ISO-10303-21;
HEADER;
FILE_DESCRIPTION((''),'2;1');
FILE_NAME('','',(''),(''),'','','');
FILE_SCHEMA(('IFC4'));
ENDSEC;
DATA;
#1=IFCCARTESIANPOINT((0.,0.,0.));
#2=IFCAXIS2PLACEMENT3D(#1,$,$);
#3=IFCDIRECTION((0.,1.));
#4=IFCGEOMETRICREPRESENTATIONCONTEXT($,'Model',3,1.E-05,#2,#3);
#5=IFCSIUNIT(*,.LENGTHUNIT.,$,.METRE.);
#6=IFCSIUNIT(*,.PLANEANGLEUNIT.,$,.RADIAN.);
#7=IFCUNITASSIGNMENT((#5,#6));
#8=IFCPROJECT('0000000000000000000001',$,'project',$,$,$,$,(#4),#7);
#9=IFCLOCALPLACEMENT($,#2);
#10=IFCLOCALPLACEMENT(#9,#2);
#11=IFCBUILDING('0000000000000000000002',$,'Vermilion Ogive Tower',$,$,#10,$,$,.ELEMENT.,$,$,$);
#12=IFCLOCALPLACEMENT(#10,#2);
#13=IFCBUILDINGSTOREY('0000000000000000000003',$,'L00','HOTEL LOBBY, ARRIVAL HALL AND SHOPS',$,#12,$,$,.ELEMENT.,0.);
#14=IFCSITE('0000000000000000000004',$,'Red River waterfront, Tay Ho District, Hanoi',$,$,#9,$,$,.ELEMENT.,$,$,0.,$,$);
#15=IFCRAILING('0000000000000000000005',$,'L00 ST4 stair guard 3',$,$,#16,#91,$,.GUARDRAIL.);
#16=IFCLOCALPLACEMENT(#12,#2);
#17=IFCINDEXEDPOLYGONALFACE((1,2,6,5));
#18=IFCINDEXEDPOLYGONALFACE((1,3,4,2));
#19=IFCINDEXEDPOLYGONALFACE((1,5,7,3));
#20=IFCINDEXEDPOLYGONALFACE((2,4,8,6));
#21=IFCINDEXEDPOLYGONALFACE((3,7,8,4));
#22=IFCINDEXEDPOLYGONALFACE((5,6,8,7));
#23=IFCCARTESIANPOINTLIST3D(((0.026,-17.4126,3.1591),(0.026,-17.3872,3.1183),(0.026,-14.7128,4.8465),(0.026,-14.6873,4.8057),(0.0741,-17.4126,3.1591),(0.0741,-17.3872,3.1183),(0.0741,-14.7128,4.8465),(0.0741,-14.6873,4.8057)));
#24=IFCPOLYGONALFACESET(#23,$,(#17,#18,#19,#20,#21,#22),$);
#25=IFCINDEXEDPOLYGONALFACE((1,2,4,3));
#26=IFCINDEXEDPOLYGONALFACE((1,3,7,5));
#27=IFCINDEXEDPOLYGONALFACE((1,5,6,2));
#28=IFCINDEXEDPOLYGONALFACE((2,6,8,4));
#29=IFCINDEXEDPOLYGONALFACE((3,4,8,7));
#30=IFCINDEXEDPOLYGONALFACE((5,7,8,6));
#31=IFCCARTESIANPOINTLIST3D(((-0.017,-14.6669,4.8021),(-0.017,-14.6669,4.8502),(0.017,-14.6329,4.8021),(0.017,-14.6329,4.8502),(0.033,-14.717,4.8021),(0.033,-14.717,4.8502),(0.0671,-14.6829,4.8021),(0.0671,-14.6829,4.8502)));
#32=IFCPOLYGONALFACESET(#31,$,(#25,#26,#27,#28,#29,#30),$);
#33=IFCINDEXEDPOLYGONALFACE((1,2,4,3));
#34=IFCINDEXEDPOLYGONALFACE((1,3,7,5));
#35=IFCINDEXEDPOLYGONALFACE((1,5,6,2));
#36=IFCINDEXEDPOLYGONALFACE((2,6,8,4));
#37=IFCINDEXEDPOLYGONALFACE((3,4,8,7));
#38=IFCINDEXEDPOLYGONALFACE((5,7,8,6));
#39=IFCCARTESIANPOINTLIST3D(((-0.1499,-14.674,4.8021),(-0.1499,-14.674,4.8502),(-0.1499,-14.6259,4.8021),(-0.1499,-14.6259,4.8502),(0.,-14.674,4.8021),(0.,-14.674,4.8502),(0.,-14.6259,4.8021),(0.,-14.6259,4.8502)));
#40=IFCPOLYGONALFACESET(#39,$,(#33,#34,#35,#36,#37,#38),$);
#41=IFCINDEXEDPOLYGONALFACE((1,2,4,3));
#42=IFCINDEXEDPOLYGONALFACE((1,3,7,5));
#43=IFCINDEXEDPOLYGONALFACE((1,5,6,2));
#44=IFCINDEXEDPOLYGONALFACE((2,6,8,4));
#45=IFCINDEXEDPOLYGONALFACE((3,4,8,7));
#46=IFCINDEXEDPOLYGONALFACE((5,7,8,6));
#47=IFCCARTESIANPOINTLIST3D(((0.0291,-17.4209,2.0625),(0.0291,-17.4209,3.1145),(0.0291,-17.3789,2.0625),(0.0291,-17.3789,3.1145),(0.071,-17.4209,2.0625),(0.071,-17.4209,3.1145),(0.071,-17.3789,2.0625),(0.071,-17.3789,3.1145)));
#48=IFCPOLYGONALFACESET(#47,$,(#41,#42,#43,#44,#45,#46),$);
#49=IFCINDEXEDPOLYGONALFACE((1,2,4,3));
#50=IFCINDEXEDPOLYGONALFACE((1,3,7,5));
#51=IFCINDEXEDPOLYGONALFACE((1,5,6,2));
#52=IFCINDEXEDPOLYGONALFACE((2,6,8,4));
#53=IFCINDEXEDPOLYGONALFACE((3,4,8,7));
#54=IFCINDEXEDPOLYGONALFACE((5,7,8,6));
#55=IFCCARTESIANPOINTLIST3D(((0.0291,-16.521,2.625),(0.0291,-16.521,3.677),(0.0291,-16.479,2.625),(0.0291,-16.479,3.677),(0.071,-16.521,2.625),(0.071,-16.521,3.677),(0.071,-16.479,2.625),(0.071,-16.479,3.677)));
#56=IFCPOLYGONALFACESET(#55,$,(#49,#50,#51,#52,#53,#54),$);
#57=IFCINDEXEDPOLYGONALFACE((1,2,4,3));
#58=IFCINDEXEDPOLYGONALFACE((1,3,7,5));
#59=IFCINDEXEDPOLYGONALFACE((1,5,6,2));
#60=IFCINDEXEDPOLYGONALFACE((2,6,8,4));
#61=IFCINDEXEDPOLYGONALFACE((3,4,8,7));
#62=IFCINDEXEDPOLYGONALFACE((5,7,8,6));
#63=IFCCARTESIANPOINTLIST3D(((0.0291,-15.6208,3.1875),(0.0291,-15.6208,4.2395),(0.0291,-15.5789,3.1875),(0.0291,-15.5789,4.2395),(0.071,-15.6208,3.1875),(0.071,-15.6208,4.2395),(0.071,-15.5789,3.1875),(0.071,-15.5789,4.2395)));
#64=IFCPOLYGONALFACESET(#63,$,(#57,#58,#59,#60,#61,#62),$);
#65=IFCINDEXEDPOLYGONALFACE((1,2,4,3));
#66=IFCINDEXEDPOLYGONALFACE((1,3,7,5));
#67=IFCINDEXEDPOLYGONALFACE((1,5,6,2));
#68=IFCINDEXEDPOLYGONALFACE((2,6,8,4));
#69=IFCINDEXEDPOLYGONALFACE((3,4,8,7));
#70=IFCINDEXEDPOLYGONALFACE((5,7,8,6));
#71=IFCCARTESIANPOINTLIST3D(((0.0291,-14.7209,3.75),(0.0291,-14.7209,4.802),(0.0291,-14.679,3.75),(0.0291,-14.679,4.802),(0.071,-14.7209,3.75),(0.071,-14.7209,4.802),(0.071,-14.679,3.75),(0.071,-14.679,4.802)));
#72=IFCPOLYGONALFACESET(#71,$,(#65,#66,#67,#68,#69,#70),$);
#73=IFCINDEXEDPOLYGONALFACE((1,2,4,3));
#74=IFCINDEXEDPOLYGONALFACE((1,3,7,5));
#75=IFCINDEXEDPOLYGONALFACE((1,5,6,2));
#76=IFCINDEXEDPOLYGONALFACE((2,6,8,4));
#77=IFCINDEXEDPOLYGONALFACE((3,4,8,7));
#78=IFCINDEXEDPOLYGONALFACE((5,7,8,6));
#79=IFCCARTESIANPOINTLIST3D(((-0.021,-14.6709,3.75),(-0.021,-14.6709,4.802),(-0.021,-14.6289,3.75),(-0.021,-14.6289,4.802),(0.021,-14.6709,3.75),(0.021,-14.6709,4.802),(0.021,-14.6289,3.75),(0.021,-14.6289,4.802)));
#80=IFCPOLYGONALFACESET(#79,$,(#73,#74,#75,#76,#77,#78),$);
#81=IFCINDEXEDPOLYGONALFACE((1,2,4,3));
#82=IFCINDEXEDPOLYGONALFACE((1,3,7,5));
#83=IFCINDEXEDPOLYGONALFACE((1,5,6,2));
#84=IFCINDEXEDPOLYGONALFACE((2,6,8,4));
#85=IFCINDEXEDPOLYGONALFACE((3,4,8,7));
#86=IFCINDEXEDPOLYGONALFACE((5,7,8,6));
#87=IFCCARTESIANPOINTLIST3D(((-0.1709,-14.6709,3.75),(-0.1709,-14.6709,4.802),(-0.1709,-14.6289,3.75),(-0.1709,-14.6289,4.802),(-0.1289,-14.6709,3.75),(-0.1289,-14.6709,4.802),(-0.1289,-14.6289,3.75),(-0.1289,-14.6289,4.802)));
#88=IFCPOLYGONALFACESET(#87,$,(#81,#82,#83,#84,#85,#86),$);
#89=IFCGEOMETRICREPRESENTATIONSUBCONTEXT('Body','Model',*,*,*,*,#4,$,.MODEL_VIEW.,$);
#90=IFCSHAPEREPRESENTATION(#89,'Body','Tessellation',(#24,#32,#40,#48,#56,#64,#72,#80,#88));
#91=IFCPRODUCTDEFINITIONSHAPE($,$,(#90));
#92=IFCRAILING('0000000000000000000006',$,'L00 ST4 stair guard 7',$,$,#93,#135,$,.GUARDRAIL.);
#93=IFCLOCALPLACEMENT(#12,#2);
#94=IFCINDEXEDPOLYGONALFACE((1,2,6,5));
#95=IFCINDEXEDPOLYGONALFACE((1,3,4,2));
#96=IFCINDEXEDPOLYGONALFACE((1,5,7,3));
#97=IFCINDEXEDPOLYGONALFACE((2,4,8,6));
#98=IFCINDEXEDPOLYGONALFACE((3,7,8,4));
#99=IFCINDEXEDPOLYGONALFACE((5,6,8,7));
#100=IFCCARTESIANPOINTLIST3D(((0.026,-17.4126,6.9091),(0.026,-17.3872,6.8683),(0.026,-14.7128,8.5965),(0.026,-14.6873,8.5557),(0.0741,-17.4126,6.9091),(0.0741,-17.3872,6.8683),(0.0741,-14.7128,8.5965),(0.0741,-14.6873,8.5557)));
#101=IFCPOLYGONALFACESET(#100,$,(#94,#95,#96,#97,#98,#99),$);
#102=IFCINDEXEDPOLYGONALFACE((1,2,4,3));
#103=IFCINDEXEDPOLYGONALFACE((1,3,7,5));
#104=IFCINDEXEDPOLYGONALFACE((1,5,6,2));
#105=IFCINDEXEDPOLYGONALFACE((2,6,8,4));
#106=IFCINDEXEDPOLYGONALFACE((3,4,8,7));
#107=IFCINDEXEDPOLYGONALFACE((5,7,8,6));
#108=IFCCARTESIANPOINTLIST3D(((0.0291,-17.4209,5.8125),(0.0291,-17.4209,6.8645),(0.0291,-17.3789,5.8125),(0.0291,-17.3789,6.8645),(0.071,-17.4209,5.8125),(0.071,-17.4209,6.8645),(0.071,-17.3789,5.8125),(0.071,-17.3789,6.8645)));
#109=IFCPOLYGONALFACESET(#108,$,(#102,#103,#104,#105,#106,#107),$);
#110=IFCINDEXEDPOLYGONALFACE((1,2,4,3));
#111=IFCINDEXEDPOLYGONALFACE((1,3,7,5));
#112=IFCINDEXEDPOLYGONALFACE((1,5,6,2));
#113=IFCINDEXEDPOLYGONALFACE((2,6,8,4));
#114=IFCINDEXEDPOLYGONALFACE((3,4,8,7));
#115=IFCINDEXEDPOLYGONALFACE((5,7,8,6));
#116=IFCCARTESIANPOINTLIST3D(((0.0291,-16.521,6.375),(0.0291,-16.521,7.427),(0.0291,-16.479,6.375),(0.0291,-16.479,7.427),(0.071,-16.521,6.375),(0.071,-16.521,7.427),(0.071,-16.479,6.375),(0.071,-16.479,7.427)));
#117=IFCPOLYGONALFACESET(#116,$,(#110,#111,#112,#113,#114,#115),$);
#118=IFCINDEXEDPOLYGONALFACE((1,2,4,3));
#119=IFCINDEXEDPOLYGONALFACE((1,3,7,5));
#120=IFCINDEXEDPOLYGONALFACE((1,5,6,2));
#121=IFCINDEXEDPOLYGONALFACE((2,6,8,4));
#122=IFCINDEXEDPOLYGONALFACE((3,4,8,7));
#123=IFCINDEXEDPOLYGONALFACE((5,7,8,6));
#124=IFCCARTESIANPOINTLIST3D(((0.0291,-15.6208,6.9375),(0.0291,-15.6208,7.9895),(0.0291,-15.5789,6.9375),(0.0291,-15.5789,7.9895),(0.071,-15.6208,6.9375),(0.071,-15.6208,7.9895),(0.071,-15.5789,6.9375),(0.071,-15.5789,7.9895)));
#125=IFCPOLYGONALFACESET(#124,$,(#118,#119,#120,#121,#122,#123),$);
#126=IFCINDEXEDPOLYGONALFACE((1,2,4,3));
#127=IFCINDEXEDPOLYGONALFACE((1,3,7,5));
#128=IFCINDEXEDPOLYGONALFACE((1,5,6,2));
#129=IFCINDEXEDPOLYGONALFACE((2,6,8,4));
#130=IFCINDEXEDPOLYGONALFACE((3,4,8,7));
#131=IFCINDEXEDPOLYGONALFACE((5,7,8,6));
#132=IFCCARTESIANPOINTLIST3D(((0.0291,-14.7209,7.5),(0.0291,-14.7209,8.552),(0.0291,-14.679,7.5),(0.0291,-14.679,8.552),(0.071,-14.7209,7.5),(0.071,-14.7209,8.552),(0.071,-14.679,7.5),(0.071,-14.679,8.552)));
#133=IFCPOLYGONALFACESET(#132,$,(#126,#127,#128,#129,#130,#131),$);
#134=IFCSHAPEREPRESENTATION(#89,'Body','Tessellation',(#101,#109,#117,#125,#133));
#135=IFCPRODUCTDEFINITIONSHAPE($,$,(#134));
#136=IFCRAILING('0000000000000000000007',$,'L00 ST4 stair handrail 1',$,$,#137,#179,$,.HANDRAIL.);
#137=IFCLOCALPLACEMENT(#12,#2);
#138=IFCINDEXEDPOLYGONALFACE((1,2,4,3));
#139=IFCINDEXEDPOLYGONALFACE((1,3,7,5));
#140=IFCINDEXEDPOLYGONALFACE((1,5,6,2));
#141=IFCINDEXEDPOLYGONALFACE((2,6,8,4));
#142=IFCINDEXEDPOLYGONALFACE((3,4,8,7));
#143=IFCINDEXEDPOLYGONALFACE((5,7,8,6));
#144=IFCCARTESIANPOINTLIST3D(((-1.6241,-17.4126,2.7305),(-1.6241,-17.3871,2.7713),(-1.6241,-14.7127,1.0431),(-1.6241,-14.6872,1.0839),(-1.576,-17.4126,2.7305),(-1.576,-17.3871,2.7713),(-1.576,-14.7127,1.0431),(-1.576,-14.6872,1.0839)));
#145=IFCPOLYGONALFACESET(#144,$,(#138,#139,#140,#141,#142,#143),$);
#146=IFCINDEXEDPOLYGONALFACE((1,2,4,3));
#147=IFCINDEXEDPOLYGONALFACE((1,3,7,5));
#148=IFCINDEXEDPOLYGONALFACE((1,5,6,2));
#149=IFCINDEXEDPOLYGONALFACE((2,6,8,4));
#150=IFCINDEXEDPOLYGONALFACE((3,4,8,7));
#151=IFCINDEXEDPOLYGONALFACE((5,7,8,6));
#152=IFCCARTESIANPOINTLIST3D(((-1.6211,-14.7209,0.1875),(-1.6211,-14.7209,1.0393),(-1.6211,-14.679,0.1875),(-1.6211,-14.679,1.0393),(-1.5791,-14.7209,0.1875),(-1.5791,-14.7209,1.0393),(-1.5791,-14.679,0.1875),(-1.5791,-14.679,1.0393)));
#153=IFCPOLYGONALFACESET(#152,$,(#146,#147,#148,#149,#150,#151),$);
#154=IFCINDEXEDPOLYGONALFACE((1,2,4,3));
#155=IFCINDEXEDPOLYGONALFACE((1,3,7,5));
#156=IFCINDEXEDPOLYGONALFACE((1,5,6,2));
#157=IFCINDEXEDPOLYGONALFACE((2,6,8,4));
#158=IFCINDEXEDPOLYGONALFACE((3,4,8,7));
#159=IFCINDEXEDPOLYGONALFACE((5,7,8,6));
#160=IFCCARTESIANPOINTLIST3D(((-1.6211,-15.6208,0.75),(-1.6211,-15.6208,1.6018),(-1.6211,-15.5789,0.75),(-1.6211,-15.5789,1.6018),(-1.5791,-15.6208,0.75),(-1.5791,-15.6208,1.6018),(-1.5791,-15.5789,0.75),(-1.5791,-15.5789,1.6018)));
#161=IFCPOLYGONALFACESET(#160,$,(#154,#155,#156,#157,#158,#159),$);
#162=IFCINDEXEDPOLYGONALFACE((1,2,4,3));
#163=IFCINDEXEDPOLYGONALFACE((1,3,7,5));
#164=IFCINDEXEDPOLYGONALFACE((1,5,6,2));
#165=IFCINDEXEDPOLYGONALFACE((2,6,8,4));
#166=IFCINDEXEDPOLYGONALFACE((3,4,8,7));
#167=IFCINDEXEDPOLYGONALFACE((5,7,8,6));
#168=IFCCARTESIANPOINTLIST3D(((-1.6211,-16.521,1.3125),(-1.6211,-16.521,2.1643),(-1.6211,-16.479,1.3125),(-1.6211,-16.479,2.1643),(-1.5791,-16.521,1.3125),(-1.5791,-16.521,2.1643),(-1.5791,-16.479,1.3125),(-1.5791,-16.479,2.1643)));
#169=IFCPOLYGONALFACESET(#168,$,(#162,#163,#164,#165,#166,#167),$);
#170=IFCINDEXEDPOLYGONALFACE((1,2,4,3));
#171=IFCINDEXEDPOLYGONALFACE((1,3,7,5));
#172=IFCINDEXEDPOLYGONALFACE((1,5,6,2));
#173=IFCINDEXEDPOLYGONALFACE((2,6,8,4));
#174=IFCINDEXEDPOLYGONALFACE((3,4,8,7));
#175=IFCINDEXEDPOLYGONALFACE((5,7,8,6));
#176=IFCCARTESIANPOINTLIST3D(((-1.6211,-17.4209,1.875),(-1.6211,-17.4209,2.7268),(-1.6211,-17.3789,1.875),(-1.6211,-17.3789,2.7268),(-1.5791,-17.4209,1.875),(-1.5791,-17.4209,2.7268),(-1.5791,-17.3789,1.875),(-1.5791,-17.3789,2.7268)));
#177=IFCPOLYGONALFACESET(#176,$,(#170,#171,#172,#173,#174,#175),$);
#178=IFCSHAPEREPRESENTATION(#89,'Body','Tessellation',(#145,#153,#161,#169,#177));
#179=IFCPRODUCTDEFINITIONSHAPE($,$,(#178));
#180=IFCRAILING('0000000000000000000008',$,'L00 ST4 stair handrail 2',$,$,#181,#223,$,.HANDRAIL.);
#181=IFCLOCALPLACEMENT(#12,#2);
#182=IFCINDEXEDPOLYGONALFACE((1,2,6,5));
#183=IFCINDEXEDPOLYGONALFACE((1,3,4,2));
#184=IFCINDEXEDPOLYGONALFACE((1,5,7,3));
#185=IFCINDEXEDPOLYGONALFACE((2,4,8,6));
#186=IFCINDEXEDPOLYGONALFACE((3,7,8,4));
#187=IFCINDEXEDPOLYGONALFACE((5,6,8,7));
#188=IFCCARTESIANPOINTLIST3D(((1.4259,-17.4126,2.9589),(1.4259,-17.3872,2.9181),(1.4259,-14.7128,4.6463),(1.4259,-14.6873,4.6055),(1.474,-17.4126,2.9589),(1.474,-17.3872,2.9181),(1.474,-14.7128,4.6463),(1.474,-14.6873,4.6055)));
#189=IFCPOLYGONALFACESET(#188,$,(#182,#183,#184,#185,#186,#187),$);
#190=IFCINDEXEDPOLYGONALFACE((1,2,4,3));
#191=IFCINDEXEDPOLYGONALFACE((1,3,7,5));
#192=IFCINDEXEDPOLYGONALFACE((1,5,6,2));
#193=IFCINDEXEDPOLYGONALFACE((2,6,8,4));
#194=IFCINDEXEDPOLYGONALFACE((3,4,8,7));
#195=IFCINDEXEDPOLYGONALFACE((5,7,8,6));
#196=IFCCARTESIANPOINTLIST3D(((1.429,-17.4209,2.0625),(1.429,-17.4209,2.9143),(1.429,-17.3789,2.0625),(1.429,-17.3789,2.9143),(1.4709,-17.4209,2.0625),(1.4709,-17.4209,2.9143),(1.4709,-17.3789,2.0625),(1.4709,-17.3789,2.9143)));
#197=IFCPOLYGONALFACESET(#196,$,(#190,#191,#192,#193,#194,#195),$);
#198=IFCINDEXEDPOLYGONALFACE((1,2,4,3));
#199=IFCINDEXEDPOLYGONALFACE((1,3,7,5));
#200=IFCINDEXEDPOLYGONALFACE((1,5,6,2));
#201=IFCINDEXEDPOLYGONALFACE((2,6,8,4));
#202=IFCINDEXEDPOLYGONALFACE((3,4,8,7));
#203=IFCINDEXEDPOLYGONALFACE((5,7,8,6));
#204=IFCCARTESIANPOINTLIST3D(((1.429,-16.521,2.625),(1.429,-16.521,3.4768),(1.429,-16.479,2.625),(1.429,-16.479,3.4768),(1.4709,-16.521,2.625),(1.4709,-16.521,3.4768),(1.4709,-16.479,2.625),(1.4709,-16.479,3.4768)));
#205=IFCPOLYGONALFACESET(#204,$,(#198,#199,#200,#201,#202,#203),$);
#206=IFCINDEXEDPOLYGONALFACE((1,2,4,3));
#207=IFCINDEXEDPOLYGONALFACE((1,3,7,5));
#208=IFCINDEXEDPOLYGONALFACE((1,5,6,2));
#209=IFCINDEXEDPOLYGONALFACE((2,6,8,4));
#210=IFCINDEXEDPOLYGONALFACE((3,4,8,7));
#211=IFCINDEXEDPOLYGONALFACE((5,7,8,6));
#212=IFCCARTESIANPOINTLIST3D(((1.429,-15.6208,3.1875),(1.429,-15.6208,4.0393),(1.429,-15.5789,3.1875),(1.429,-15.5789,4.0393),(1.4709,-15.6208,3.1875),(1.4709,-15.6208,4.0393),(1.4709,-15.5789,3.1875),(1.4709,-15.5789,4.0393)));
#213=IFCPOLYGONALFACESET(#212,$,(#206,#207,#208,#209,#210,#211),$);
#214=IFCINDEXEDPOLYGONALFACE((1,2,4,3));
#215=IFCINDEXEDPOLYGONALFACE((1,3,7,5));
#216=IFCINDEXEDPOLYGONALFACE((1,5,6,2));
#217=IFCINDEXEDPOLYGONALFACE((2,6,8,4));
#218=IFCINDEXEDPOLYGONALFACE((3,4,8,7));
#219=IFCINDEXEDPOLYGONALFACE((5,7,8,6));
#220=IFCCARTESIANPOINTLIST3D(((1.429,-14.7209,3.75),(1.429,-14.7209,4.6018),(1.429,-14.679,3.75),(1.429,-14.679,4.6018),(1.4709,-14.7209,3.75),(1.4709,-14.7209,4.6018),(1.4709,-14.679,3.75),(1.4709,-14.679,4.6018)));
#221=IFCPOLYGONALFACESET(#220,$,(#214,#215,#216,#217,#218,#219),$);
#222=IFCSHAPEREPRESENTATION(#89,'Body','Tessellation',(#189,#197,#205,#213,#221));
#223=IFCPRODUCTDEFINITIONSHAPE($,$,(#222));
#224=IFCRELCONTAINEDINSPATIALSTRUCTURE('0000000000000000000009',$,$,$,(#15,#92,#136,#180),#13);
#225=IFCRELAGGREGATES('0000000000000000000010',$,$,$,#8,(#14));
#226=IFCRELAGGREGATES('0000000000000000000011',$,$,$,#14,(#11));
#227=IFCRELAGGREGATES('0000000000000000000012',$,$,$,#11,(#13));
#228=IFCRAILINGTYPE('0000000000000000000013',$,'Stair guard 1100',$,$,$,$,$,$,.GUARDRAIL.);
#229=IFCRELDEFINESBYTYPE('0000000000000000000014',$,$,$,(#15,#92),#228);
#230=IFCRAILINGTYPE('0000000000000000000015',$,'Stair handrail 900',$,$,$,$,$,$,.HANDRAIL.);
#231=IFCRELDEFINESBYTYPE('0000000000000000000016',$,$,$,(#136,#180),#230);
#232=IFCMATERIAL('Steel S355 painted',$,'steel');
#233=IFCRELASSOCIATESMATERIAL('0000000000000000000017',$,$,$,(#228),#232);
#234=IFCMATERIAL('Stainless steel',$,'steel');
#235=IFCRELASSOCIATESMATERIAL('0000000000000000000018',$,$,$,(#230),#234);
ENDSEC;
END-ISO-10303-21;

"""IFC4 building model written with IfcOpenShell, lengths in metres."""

from ifc_helpers import new_model, si_unit, direction, frame, origin, origin_2d, place, context, subcontext, project, spatial, rectangle, extrude, material, type_object, element, save


model = new_model("IFC4")

# Units and contexts
model_context = context("Model", 3, precision=1e-05, world=origin(), true_north=direction((0.0, 1.0)))
body_context = subcontext(model_context, "Body", "Model", "MODEL_VIEW")
ifc_project = project(units=[si_unit("LENGTHUNIT", "METRE"), si_unit("PLANEANGLEUNIT", "RADIAN")], contexts=[model_context])

# Site, building, storey
site_placement = place(None, origin())
site = spatial("IfcSite", under=ifc_project, at=site_placement, Name="Red River waterfront, Tay Ho District, Hanoi", CompositionType="ELEMENT", RefElevation=0.0)
building_placement = place(site_placement, origin())
building = spatial("IfcBuilding", under=site, at=building_placement, Name="Vermilion Ogive Tower", CompositionType="ELEMENT")
storey_placement = place(building_placement, origin())
storey = spatial("IfcBuildingStorey", under=building, at=storey_placement, Name="L00", Description="HOTEL LOBBY, ARRIVAL HALL AND SHOPS", CompositionType="ELEMENT", Elevation=0.0)

# Railings
ifc_material_1 = material(Name="Steel S355 painted", Category="steel")
railing_type_1 = type_object("IfcRailingType", Name="Stair guard 1100", PredefinedType="GUARDRAIL", material=ifc_material_1)
railing_1_placement = place(storey_placement, frame((0.05, -17.3999, 2.0625)))
element("IfcRailing", 1, at=railing_1_placement, inside=storey, type_object=railing_type_1, Name="L00 ST4 stair guard 3", PredefinedType="GUARDRAIL", context=body_context, shape_type="SweptSolid", body=[
    extrude(rectangle(XDim=0.0481, YDim=0.0481, at=origin_2d()), frame((0.0, 0.0, 1.0762), z_axis=(0.0, 0.847994, 0.530006), x_axis=(-1.0, 0.0, 0.0)), (0.0, 0.0, 1.0), 3.1838),
    extrude(rectangle(XDim=0.0481, YDim=0.0481, at=origin_2d()), frame((0.0, 2.7, 2.7637), z_axis=(-0.707107, 0.707107, 0.0), x_axis=(-0.707107, -0.707107, 0.0)), (0.0, 0.0, 1.0), 0.0708),
    extrude(rectangle(XDim=0.0481, YDim=0.0481, at=origin_2d()), frame((-0.05, 2.75, 2.7637), z_axis=(-1.0, 0.0, 0.0), x_axis=(0.0, -1.0, 0.0)), (0.0, 0.0, 1.0), 0.1499),
    extrude(rectangle(XDim=0.042, YDim=0.042, at=origin_2d()), origin(), (0.0, 0.0, 1.0), 1.052),
    extrude(rectangle(XDim=0.042, YDim=0.042, at=origin_2d()), frame((0.0, 0.8999, 0.5625)), (0.0, 0.0, 1.0), 1.052),
    extrude(rectangle(XDim=0.042, YDim=0.042, at=origin_2d()), frame((0.0, 1.8, 1.125)), (0.0, 0.0, 1.0), 1.052),
    extrude(rectangle(XDim=0.042, YDim=0.042, at=origin_2d()), frame((0.0, 2.7, 1.6875)), (0.0, 0.0, 1.0), 1.052),
    extrude(rectangle(XDim=0.042, YDim=0.042, at=origin_2d()), frame((-0.05, 2.75, 1.6875)), (0.0, 0.0, 1.0), 1.052),
    extrude(rectangle(XDim=0.042, YDim=0.042, at=origin_2d()), frame((-0.2, 2.75, 1.6875)), (0.0, 0.0, 1.0), 1.052),
])
railing_2_placement = place(storey_placement, frame((0.05, -17.3999, 5.8125)))
element("IfcRailing", 2, at=railing_2_placement, inside=storey, type_object=railing_type_1, Name="L00 ST4 stair guard 7", PredefinedType="GUARDRAIL", context=body_context, shape_type="SweptSolid", body=[
    extrude(rectangle(XDim=0.0481, YDim=0.0481, at=origin_2d()), frame((0.0, 0.0, 1.0762), z_axis=(0.0, 0.847994, 0.530006), x_axis=(-1.0, 0.0, 0.0)), (0.0, 0.0, 1.0), 3.1838),
    extrude(rectangle(XDim=0.042, YDim=0.042, at=origin_2d()), origin(), (0.0, 0.0, 1.0), 1.052),
    extrude(rectangle(XDim=0.042, YDim=0.042, at=origin_2d()), frame((0.0, 0.8999, 0.5625)), (0.0, 0.0, 1.0), 1.052),
    extrude(rectangle(XDim=0.042, YDim=0.042, at=origin_2d()), frame((0.0, 1.8, 1.125)), (0.0, 0.0, 1.0), 1.052),
    extrude(rectangle(XDim=0.042, YDim=0.042, at=origin_2d()), frame((0.0, 2.7, 1.6875)), (0.0, 0.0, 1.0), 1.052),
])
ifc_material_2 = material(Name="Stainless steel", Category="steel")
railing_type_2 = type_object("IfcRailingType", Name="Stair handrail 900", PredefinedType="HANDRAIL", material=ifc_material_2)
railing_3_placement = place(storey_placement, frame((-1.6001, -14.7, 0.1875)))
element("IfcRailing", 3, at=railing_3_placement, inside=storey, type_object=railing_type_2, Name="L00 ST4 stair handrail 1", PredefinedType="HANDRAIL", context=body_context, shape_type="SweptSolid", body=[
    extrude(rectangle(XDim=0.0481, YDim=0.0481, at=origin_2d()), frame((0.0, 0.0, 0.876), z_axis=(0.0, -0.847994, 0.530006), x_axis=(1.0, 0.0, 0.0)), (0.0, 0.0, 1.0), 3.1838),
    extrude(rectangle(XDim=0.042, YDim=0.042, at=origin_2d()), origin(), (0.0, 0.0, 1.0), 0.8518),
    extrude(rectangle(XDim=0.042, YDim=0.042, at=origin_2d()), frame((0.0, -0.8999, 0.5625)), (0.0, 0.0, 1.0), 0.8518),
    extrude(rectangle(XDim=0.042, YDim=0.042, at=origin_2d()), frame((0.0, -1.8, 1.125)), (0.0, 0.0, 1.0), 0.8518),
    extrude(rectangle(XDim=0.042, YDim=0.042, at=origin_2d()), frame((0.0, -2.7, 1.6875)), (0.0, 0.0, 1.0), 0.8518),
])
railing_4_placement = place(storey_placement, frame((1.45, -17.3999, 2.0625)))
element("IfcRailing", 4, at=railing_4_placement, inside=storey, type_object=railing_type_2, Name="L00 ST4 stair handrail 2", PredefinedType="HANDRAIL", context=body_context, shape_type="SweptSolid", body=[
    extrude(rectangle(XDim=0.0481, YDim=0.0481, at=origin_2d()), frame((0.0, 0.0, 0.876), z_axis=(0.0, 0.847994, 0.530006), x_axis=(-1.0, 0.0, 0.0)), (0.0, 0.0, 1.0), 3.1838),
    extrude(rectangle(XDim=0.042, YDim=0.042, at=origin_2d()), origin(), (0.0, 0.0, 1.0), 0.8518),
    extrude(rectangle(XDim=0.042, YDim=0.042, at=origin_2d()), frame((0.0, 0.8999, 0.5625)), (0.0, 0.0, 1.0), 0.8518),
    extrude(rectangle(XDim=0.042, YDim=0.042, at=origin_2d()), frame((0.0, 1.8, 1.125)), (0.0, 0.0, 1.0), 0.8518),
    extrude(rectangle(XDim=0.042, YDim=0.042, at=origin_2d()), frame((0.0, 2.7, 1.6875)), (0.0, 0.0, 1.0), 0.8518),
])

save(model, "model.ifc")
